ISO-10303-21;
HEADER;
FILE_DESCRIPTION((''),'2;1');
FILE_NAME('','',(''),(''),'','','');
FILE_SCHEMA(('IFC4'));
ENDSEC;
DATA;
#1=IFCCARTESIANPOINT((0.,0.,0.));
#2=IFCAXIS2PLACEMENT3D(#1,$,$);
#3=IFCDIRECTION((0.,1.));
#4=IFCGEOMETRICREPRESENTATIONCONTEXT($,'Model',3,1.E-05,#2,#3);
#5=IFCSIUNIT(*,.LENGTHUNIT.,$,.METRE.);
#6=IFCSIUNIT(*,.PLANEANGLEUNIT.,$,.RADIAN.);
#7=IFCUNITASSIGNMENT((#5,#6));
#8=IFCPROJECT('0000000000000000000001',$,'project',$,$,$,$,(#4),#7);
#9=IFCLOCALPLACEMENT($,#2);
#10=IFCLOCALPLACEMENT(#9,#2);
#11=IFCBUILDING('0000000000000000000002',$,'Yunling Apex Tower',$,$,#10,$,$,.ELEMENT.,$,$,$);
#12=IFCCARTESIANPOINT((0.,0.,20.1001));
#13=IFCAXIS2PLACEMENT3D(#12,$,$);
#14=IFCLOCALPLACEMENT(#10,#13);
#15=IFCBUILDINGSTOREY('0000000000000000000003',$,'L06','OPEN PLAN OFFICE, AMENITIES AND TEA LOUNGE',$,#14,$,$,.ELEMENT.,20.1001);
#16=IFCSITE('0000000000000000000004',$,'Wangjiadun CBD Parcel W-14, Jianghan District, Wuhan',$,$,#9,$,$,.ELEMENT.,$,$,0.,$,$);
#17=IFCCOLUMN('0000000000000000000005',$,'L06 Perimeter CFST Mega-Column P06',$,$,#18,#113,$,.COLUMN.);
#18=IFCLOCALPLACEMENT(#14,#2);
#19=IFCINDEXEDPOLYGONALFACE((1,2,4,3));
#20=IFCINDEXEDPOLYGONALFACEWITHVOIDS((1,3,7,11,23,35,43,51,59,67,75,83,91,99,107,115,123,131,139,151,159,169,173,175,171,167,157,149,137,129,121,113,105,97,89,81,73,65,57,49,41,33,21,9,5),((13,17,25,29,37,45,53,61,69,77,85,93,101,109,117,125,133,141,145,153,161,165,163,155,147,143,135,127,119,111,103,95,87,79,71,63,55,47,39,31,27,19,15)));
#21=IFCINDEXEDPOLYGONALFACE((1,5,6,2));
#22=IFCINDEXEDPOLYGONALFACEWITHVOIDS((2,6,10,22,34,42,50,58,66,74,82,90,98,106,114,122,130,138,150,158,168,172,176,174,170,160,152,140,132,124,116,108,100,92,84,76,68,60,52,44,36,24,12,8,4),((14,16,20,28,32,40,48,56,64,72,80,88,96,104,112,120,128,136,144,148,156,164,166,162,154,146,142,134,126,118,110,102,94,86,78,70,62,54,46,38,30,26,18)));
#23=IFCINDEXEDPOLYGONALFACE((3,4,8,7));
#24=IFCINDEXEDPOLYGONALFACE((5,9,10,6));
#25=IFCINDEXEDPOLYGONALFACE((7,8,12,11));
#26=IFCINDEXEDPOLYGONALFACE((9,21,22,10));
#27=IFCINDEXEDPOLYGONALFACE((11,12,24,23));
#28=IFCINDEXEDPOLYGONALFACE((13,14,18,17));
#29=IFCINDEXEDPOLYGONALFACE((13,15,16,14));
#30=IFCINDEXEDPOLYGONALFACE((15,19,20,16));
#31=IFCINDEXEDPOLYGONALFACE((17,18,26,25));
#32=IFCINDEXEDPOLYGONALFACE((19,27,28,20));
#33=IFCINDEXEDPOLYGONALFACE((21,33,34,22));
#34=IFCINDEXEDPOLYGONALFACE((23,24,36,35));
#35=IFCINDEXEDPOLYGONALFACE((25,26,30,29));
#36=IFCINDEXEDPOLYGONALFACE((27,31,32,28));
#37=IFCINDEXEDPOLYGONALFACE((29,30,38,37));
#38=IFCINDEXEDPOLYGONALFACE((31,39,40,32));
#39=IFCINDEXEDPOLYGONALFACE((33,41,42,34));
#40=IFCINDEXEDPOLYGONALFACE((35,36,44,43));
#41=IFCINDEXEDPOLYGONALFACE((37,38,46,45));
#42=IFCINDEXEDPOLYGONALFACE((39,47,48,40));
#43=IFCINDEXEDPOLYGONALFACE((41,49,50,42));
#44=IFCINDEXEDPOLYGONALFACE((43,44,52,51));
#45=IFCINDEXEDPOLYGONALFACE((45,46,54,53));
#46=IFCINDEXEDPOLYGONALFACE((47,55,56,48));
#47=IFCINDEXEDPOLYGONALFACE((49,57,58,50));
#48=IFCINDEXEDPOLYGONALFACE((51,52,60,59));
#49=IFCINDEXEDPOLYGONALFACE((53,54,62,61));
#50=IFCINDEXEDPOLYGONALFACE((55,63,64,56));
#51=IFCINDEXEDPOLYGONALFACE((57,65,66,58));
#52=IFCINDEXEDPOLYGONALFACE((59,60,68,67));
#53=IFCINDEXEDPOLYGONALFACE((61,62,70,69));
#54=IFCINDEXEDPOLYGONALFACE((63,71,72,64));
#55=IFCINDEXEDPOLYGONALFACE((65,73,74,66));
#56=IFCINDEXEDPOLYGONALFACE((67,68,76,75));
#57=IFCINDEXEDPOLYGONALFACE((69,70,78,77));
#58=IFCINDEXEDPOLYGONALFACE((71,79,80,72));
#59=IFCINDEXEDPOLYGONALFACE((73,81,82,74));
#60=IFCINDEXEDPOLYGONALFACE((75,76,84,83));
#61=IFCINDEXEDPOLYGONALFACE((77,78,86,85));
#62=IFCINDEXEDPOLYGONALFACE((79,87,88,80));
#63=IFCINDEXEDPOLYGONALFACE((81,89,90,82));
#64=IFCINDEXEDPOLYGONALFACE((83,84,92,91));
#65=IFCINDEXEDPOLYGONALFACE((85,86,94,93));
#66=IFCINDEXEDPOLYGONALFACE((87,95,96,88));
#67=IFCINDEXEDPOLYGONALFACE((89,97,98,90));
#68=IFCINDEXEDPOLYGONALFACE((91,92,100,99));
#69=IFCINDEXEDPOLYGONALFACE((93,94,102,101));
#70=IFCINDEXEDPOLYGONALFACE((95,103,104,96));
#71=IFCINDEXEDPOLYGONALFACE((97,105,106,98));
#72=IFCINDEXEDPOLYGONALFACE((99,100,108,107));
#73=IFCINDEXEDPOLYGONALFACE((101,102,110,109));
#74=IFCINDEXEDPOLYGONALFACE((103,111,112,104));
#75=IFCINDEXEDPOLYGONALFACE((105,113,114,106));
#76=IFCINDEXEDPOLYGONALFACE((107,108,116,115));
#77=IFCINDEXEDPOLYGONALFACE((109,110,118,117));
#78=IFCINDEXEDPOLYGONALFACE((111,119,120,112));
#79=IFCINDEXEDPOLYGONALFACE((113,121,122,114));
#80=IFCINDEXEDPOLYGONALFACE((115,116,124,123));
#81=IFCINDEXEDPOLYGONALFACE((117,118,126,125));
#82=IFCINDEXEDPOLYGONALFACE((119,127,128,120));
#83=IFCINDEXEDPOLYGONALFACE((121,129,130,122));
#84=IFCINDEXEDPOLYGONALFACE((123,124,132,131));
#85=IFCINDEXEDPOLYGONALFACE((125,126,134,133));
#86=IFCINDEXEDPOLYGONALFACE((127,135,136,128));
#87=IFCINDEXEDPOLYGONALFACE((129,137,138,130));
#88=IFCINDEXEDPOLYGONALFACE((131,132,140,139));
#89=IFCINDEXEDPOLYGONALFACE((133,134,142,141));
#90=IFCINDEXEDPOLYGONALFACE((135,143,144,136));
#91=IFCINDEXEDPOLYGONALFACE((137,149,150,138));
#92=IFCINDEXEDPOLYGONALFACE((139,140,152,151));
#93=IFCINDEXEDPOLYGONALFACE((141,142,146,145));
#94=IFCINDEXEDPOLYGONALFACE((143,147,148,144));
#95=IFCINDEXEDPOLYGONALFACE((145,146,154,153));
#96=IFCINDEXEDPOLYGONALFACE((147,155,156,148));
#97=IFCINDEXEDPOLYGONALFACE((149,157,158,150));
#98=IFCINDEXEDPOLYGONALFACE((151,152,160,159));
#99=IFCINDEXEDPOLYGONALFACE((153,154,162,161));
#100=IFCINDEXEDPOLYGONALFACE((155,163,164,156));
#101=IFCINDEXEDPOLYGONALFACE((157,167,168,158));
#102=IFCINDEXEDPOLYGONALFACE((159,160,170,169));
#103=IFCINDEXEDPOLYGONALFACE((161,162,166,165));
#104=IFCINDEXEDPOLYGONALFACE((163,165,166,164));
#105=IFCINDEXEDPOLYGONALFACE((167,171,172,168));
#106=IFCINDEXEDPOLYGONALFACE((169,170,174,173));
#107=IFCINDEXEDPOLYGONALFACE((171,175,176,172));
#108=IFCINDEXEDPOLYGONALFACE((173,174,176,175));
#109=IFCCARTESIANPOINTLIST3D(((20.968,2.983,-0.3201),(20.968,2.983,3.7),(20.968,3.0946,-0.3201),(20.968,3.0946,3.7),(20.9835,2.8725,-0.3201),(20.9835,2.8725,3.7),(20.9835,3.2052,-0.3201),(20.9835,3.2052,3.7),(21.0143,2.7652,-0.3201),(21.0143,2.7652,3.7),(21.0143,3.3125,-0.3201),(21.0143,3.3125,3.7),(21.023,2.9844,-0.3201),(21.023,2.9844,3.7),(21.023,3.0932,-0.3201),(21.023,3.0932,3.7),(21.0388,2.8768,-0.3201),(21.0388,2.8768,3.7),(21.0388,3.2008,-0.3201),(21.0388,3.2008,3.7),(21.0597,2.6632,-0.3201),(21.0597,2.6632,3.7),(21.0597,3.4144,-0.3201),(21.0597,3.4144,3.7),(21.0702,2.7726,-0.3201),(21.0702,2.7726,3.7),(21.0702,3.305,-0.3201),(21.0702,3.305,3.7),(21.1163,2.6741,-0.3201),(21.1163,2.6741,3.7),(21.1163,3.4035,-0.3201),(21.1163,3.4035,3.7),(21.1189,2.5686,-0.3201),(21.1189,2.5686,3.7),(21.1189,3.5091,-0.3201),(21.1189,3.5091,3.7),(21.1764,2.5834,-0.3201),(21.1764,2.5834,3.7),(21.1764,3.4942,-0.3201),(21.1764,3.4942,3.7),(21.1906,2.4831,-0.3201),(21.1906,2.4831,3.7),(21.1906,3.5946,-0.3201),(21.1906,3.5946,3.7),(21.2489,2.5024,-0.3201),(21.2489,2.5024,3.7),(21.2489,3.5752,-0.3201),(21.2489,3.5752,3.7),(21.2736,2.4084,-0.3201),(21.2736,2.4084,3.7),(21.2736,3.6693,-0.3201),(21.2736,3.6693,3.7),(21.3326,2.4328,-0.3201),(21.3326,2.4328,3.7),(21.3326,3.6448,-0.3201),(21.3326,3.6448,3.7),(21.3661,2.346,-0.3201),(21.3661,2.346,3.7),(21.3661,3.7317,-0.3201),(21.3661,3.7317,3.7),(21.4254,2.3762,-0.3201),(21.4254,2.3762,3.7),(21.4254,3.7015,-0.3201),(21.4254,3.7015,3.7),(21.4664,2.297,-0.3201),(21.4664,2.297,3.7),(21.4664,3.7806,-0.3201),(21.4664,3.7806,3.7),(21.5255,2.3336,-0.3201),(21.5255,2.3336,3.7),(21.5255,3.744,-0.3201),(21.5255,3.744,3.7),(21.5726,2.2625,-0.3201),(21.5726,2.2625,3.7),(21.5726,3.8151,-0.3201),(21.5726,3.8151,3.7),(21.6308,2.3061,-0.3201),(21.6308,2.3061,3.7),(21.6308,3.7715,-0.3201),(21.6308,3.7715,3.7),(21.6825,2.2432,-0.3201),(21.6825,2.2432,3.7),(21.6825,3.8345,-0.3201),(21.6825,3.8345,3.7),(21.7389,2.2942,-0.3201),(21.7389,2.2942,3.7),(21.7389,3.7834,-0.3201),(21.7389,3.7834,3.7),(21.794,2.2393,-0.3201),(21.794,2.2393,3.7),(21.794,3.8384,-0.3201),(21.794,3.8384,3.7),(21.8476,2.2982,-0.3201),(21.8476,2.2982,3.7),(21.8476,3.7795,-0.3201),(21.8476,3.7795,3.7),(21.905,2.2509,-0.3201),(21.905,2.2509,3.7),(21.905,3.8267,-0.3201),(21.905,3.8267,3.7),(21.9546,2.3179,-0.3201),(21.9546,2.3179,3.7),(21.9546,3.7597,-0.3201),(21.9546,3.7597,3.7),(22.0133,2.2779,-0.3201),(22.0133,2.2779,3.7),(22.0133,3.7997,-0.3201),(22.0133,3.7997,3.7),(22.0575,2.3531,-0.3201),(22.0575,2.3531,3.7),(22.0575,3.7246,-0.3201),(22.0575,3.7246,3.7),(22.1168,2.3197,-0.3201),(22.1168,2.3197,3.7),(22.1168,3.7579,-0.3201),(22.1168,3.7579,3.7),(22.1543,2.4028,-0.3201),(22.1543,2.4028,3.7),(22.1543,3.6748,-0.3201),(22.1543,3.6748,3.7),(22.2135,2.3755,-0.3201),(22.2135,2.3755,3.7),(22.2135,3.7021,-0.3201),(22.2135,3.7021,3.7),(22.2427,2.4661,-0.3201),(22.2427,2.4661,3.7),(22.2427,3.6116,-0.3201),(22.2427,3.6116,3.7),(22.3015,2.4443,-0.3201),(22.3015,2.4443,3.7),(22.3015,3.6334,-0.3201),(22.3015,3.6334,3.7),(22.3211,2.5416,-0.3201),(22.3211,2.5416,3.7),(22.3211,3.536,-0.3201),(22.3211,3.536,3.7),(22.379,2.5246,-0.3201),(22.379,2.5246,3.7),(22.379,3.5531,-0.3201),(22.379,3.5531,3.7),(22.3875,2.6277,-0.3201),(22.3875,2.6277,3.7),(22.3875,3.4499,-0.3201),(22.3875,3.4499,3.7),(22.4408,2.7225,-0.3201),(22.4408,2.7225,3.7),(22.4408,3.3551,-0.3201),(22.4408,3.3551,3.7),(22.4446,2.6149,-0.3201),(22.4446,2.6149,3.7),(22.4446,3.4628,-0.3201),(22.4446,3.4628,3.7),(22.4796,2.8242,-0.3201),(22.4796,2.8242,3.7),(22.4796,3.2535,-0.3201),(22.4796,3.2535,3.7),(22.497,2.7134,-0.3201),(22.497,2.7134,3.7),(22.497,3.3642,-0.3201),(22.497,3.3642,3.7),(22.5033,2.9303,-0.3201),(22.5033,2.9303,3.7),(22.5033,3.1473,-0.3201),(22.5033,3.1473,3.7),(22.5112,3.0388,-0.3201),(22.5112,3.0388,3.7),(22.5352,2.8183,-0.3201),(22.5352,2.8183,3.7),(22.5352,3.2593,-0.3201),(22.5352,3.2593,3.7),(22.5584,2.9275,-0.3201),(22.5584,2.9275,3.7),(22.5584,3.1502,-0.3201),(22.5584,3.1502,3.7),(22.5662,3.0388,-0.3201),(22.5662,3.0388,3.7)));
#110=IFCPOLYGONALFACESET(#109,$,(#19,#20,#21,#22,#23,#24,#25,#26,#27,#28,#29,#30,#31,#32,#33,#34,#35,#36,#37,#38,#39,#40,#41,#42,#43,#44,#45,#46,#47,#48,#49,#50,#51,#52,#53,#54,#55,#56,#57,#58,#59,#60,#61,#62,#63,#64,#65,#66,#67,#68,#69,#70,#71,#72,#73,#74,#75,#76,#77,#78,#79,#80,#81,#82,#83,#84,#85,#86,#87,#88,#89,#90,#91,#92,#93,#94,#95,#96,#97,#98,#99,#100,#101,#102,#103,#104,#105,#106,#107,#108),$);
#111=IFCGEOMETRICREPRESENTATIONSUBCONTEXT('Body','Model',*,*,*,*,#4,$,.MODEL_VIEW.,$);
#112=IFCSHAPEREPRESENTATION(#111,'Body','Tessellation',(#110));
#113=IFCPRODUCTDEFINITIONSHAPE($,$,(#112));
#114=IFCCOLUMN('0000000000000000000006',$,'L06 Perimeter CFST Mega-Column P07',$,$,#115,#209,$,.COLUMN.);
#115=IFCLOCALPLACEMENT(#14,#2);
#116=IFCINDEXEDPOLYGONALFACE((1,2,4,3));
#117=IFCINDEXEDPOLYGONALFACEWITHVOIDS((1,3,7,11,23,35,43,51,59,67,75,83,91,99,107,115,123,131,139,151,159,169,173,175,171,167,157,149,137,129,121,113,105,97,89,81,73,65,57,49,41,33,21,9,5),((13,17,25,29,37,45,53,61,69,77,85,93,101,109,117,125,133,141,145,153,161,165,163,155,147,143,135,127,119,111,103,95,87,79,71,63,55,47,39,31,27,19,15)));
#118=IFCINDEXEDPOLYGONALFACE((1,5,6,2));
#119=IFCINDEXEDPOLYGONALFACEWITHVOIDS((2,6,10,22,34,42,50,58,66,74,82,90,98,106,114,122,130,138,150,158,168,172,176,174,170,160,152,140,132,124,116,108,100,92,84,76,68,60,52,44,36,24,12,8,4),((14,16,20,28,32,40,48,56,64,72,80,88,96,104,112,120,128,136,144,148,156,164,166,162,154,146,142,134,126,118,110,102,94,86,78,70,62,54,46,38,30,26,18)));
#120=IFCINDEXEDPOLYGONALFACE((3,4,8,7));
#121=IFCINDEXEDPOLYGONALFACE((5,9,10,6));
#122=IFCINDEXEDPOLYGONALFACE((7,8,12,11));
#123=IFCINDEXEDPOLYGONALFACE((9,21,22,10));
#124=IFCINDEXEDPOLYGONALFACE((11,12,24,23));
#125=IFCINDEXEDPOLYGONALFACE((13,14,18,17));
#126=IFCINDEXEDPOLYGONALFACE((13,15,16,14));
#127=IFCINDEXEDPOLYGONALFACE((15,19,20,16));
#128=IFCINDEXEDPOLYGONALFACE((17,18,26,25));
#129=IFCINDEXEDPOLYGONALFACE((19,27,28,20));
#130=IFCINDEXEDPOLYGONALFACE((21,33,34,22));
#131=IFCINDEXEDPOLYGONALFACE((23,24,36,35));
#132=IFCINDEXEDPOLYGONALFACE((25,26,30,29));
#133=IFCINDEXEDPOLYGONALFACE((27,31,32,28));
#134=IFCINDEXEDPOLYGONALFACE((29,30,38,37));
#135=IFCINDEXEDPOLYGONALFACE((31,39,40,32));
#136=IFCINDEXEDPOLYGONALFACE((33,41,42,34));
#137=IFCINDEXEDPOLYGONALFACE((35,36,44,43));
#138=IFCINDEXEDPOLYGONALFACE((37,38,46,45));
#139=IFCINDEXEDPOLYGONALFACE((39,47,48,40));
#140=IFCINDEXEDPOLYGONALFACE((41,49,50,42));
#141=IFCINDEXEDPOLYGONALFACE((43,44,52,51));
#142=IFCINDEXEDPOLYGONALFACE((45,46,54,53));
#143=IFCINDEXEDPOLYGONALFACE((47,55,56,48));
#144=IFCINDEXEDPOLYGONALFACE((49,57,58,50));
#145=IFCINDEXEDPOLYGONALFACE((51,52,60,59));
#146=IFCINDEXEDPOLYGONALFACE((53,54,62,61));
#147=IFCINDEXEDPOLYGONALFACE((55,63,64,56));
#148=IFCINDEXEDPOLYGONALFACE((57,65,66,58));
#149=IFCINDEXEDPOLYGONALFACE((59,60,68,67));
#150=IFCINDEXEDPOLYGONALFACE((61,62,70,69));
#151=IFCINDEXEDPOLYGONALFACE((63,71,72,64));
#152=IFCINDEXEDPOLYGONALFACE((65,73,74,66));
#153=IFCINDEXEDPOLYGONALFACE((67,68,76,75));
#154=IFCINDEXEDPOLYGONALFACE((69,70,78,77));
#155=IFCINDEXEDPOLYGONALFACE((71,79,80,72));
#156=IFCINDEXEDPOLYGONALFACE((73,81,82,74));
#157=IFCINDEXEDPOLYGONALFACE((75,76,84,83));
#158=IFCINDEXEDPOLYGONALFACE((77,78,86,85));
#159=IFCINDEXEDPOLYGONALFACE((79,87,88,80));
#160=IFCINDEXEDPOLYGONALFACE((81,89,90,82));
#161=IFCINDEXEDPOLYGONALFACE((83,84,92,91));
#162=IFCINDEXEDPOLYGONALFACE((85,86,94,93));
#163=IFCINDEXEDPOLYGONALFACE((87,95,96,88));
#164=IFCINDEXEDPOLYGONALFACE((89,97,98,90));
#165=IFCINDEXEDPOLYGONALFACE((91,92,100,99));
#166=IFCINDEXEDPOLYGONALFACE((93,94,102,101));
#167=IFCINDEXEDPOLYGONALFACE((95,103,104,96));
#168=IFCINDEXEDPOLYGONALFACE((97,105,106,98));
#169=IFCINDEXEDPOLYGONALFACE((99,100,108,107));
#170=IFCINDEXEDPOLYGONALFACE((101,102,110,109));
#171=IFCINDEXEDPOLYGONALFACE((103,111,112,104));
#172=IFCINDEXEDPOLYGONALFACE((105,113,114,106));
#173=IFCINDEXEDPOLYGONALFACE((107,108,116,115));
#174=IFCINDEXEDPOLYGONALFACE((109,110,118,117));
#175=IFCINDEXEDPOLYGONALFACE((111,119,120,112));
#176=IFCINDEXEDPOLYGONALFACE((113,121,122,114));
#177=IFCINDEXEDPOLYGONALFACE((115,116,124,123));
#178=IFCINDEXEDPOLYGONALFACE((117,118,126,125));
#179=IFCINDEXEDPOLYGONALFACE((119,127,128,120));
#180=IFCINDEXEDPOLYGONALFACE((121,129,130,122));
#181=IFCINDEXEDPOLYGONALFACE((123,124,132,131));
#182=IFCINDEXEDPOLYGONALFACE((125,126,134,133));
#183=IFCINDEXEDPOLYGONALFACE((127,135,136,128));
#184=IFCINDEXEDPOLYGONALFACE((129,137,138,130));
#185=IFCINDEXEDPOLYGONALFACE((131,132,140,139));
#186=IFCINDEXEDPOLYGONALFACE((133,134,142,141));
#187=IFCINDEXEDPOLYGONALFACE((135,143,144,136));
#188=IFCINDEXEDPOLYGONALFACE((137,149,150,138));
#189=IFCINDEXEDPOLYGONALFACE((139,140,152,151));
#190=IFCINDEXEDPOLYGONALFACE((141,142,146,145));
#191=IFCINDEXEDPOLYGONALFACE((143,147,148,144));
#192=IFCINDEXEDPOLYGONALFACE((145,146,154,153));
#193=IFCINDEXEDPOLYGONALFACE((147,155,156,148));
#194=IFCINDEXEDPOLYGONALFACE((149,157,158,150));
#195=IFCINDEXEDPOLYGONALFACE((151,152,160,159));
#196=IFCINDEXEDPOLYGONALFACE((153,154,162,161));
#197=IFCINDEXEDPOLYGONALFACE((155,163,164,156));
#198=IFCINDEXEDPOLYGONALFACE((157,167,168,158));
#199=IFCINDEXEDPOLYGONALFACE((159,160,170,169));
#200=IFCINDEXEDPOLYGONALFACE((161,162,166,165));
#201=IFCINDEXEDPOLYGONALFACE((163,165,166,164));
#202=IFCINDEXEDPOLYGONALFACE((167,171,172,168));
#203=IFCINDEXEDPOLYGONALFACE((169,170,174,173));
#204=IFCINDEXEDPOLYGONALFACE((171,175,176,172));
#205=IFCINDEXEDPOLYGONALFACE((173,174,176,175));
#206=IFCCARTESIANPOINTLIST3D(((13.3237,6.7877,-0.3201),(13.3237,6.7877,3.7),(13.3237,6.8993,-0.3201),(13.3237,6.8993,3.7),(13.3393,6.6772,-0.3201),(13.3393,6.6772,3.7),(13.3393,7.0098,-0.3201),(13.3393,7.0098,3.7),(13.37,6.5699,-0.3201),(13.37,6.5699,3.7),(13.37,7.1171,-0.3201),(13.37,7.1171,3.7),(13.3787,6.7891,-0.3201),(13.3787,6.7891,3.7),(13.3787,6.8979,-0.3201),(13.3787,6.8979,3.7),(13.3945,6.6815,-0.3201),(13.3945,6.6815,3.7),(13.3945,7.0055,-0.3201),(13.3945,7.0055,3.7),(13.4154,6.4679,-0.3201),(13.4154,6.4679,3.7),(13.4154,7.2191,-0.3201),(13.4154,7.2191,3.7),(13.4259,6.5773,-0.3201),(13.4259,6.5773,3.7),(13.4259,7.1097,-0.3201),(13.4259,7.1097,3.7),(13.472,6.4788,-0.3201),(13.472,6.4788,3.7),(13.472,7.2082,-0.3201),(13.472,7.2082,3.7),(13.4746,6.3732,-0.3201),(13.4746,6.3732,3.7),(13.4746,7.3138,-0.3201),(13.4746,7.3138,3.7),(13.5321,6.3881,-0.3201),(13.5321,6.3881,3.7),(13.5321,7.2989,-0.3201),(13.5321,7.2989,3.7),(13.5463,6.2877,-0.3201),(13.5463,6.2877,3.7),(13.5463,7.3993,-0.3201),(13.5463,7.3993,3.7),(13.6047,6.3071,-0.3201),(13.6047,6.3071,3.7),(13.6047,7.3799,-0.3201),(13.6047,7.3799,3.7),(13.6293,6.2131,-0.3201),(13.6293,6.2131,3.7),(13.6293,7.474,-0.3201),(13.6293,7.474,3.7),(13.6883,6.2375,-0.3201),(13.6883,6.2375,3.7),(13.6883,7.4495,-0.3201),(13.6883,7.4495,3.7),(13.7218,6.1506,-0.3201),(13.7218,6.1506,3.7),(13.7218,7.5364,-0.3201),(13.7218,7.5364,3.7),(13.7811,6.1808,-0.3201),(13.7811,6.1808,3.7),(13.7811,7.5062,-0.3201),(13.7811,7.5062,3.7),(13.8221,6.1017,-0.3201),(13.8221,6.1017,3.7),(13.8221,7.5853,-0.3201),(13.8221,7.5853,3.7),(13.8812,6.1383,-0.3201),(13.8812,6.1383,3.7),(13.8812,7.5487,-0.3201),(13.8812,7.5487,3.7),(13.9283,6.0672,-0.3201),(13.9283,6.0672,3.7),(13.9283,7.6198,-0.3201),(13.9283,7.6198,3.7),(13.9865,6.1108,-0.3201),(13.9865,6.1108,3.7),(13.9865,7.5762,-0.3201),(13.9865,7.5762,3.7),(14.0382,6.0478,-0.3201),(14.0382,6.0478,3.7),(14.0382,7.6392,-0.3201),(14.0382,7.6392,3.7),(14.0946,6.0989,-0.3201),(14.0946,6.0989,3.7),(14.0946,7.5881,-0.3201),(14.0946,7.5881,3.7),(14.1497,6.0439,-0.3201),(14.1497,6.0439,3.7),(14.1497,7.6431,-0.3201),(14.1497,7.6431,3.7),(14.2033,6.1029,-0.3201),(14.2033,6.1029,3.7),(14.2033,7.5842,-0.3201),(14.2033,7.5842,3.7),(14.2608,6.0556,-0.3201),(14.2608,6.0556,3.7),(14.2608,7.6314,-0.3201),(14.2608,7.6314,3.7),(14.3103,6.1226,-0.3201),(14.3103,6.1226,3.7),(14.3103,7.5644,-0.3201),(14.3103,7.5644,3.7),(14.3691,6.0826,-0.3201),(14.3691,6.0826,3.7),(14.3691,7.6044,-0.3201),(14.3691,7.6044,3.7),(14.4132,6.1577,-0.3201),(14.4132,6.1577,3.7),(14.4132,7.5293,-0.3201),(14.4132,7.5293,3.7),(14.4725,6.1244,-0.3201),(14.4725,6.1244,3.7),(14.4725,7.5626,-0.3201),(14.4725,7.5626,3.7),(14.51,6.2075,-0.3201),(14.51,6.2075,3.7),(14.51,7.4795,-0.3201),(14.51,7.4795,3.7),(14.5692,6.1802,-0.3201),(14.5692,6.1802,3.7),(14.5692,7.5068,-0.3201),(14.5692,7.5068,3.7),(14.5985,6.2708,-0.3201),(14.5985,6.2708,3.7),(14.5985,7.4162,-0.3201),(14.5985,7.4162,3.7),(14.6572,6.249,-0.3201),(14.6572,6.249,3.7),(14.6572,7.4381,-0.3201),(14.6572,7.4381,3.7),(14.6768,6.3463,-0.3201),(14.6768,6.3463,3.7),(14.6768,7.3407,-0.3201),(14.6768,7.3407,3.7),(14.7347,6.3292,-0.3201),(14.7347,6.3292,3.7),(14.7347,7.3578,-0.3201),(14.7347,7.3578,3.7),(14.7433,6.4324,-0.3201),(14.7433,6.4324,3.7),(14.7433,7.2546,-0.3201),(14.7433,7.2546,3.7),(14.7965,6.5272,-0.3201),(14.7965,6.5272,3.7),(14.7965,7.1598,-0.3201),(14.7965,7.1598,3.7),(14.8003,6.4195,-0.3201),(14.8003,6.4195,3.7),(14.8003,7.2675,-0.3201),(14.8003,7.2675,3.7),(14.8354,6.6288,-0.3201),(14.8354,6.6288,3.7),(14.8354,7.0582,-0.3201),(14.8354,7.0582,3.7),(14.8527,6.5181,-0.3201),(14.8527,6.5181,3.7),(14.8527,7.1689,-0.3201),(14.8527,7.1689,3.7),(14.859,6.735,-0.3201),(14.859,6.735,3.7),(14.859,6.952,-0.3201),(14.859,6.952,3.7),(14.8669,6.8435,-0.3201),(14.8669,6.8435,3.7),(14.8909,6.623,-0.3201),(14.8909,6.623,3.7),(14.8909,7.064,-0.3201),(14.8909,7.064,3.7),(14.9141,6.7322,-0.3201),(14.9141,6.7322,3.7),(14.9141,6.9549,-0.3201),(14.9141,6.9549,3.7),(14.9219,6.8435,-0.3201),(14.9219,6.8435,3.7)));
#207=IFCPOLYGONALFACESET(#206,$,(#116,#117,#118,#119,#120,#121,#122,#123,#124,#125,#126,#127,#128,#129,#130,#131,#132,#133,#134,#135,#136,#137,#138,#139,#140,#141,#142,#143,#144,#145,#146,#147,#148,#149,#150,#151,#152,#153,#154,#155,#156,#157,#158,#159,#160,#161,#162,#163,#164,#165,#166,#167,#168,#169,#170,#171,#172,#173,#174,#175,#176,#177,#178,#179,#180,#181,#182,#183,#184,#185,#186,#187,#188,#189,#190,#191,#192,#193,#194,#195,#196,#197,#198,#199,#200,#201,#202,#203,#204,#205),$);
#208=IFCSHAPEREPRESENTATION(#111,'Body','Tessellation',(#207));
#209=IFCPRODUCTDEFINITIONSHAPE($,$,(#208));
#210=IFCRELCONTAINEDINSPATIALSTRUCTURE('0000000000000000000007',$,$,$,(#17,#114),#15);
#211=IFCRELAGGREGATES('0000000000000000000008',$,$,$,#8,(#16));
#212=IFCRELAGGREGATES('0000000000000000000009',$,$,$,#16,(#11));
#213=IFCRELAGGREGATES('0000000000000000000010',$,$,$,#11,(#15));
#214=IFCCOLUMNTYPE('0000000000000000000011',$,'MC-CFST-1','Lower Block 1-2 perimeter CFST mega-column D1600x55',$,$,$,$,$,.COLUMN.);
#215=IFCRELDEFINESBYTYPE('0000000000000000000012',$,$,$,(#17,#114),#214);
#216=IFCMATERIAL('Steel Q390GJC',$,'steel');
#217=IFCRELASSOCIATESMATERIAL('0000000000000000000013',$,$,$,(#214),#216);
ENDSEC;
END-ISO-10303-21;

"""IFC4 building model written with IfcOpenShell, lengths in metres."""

from ifc_helpers import new_model, si_unit, direction, frame, origin, origin_2d, place, context, subcontext, project, spatial, hollow_circle, extrude, source, transform, mapped, material, material_profile, profile_set, type_object, element, save


model = new_model("IFC4")

# Units and contexts
model_context = context("Model", 3, precision=1e-05, world=origin(), true_north=direction((0.0, 1.0)))
body_context = subcontext(model_context, "Body", "Model", "MODEL_VIEW")
ifc_project = project(units=[si_unit("LENGTHUNIT", "METRE"), si_unit("PLANEANGLEUNIT", "RADIAN")], contexts=[model_context])

# Site, building, storey
site_placement = place(None, origin())
site = spatial("IfcSite", under=ifc_project, at=site_placement, Name="Wangjiadun CBD Parcel W-14, Jianghan District, Wuhan", CompositionType="ELEMENT", RefElevation=0.0)
building_placement = place(site_placement, origin())
building = spatial("IfcBuilding", under=site, at=building_placement, Name="Yunling Apex Tower", CompositionType="ELEMENT")
storey_placement = place(building_placement, frame((0.0, 0.0, 20.1001)))
storey = spatial("IfcBuildingStorey", under=building, at=storey_placement, Name="L06", Description="OPEN PLAN OFFICE, AMENITIES AND TEA LOUNGE", CompositionType="ELEMENT", Elevation=20.1001)

# Columns
ifc_material_1 = material(Name="Steel Q390GJC", Category="steel")
ifc_material_profile_1 = material_profile(ifc_material_1, hollow_circle(Radius=0.8, WallThickness=0.0549, at=origin_2d()))
ifc_profile_set_1 = profile_set([ifc_material_profile_1], Name="Steel Q390GJC")
column_type = type_object("IfcColumnType", Name="MC-CFST-1", Description="Lower Block 1-2 perimeter CFST mega-column D1600x55", PredefinedType="COLUMN", material=ifc_profile_set_1)
shared_shape_1 = source(origin(), body_context, "Body", "SweptSolid", [
    extrude(hollow_circle(Radius=0.8, WallThickness=0.0549, at=origin_2d()), origin(), (0.0, 0.0, 1.0), 4.02),
])
for number, where, z_axis, x_axis, name in (
    (1, (21.7661, 3.0388, -0.3201), (0.0, 0.0, 1.0), (1.0, 0.0, 0.0), "L06 Perimeter CFST Mega-Column P06"),
    (2, (14.1218, 6.8435, -0.3201), (0.0, 0.0, 1.0), (1.0, 0.0, 0.0), "L06 Perimeter CFST Mega-Column P07"),
):
    element("IfcColumn", number, at=place(storey_placement, frame(where, z_axis=z_axis, x_axis=x_axis)), inside=storey, type_object=column_type, Name=name, PredefinedType="COLUMN", context=body_context, shape_type="MappedRepresentation", body=[
        mapped(shared_shape_1, transform((0.0, 0.0, 0.0), scale=1.0)),
    ])

save(model, "model.ifc")
